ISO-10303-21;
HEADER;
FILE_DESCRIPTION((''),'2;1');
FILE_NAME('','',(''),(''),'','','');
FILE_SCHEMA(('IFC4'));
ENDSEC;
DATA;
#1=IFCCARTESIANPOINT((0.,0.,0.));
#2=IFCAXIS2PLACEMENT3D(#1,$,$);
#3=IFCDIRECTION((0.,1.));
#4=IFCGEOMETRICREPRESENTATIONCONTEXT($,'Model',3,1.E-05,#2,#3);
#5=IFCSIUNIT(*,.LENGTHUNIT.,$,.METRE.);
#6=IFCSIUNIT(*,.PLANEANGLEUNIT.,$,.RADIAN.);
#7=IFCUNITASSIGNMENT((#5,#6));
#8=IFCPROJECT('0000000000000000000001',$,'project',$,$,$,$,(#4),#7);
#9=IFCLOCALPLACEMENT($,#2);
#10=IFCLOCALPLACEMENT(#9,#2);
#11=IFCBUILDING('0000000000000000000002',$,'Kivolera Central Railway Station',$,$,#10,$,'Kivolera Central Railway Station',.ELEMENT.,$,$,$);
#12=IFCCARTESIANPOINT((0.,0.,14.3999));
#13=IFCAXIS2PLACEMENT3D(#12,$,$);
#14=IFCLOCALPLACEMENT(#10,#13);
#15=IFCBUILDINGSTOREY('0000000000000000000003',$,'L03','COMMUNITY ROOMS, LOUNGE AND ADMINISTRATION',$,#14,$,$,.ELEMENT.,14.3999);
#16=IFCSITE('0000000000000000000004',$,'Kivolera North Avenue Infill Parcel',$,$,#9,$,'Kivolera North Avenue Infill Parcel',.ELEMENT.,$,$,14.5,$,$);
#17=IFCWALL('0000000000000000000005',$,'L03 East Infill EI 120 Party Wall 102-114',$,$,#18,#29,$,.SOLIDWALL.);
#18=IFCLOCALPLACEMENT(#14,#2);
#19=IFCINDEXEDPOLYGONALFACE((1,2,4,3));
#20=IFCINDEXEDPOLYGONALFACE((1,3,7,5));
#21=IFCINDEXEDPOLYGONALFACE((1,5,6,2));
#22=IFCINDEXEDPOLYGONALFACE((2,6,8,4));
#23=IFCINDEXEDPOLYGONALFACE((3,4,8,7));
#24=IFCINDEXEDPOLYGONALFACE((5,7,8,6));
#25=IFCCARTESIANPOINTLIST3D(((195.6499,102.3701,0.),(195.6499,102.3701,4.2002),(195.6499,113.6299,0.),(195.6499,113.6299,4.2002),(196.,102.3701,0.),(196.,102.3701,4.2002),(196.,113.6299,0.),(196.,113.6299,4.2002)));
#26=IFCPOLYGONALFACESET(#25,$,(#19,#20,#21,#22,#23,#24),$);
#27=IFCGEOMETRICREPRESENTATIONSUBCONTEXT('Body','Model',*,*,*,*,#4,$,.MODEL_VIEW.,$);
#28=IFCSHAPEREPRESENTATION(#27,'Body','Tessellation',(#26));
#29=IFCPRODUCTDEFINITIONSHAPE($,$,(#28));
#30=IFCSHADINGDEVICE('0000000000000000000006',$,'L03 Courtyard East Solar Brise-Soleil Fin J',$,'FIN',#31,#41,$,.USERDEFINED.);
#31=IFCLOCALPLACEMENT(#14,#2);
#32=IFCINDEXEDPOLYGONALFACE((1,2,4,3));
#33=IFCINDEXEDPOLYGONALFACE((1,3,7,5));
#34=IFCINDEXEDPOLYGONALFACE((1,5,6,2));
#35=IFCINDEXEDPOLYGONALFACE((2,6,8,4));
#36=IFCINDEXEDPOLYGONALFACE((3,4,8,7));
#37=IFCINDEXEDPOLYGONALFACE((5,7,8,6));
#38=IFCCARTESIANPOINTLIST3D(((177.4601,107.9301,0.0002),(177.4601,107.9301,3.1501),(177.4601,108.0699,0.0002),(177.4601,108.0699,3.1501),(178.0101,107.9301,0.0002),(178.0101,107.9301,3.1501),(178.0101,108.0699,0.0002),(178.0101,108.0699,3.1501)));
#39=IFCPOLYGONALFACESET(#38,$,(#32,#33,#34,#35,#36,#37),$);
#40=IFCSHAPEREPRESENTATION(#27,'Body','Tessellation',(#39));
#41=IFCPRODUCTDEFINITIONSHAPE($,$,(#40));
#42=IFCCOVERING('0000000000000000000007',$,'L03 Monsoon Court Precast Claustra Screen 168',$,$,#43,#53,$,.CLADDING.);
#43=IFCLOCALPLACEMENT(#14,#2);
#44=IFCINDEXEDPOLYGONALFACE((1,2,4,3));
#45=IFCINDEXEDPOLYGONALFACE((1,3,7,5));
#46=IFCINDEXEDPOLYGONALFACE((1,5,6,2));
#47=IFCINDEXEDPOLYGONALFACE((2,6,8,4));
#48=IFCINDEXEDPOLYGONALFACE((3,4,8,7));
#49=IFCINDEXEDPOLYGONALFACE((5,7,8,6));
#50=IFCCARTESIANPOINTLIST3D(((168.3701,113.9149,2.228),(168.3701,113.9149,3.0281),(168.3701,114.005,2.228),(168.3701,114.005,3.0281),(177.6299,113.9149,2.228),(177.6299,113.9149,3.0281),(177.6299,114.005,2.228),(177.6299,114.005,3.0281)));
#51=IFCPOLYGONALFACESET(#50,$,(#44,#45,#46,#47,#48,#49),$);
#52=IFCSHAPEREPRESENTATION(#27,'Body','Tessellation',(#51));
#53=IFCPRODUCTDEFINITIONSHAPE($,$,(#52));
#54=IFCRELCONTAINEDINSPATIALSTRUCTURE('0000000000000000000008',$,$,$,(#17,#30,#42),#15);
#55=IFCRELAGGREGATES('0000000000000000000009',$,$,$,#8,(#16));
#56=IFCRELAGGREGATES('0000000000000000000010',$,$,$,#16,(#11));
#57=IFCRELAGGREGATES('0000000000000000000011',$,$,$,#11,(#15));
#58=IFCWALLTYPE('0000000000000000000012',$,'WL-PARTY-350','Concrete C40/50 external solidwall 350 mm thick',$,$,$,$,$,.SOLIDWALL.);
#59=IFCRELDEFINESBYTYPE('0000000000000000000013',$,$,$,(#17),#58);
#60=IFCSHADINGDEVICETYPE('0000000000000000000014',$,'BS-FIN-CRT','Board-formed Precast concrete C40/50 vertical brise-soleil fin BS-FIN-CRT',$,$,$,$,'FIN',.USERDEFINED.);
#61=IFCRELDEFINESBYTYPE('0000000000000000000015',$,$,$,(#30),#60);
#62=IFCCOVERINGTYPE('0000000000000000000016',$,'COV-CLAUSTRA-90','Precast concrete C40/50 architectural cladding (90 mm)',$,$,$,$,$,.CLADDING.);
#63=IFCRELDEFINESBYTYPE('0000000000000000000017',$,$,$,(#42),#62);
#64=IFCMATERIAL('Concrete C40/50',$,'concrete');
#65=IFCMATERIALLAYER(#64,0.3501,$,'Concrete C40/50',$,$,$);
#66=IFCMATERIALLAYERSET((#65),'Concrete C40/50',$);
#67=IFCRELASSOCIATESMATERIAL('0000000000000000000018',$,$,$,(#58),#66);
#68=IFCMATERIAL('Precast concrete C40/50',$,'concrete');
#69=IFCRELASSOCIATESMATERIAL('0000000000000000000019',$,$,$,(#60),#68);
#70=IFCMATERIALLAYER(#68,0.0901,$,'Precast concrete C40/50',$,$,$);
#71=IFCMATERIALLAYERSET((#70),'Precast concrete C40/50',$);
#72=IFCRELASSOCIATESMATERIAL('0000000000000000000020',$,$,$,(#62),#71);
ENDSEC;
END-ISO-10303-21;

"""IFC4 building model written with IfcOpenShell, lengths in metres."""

from ifc_helpers import new_model, si_unit, direction, frame, frame_2d, origin, origin_2d, place, context, subcontext, project, spatial, rectangle, extrude, material, layer, layer_set, type_object, element, save


model = new_model("IFC4")

# Units and contexts
model_context = context("Model", 3, precision=1e-05, world=origin(), true_north=direction((0.0, 1.0)))
body_context = subcontext(model_context, "Body", "Model", "MODEL_VIEW")
ifc_project = project(units=[si_unit("LENGTHUNIT", "METRE"), si_unit("PLANEANGLEUNIT", "RADIAN")], contexts=[model_context])

# Site, building, storey
site_placement = place(None, origin())
site = spatial("IfcSite", under=ifc_project, at=site_placement, Name="Kivolera North Avenue Infill Parcel", LongName="Kivolera North Avenue Infill Parcel", CompositionType="ELEMENT", RefElevation=14.5)
building_placement = place(site_placement, origin())
building = spatial("IfcBuilding", under=site, at=building_placement, Name="Kivolera Central Railway Station", LongName="Kivolera Central Railway Station", CompositionType="ELEMENT")
storey_placement = place(building_placement, frame((0.0, 0.0, 14.3999)))
storey = spatial("IfcBuildingStorey", under=building, at=storey_placement, Name="L03", Description="COMMUNITY ROOMS, LOUNGE AND ADMINISTRATION", CompositionType="ELEMENT", Elevation=14.3999)

# Shared definitions
ifc_material_1 = material(Name="Concrete C40/50", Category="concrete")

# Wall
ifc_layer_1 = layer(ifc_material_1, 0.3501, Name="Concrete C40/50")
ifc_layer_set_1 = layer_set([ifc_layer_1], Name="Concrete C40/50")
wall_type = type_object("IfcWallType", Name="WL-PARTY-350", Description="Concrete C40/50 external solidwall 350 mm thick", PredefinedType="SOLIDWALL", material=ifc_layer_set_1)
wall_placement = place(storey_placement, frame((195.825, 113.6299, 0.0), z_axis=(0.0, 0.0, 1.0), x_axis=(0.0, -1.0, 0.0)))
element("IfcWall", 1, at=wall_placement, inside=storey, type_object=wall_type, Name="L03 East Infill EI 120 Party Wall 102-114", PredefinedType="SOLIDWALL", context=body_context, shape_type="SweptSolid", body=[
    extrude(rectangle(XDim=11.2598, YDim=0.3501, at=frame_2d((5.6299, 0.0))), origin(), (0.0, 0.0, 1.0), 4.2002),
])

# Shading device
ifc_material_2 = material(Name="Precast concrete C40/50", Category="concrete")
shading_device_type = type_object("IfcShadingDeviceType", Name="BS-FIN-CRT", Description="Board-formed Precast concrete C40/50 vertical brise-soleil fin BS-FIN-CRT", ElementType="FIN", PredefinedType="USERDEFINED", material=ifc_material_2)
shading_device_placement = place(storey_placement, frame((177.7351, 108.0, 0.0002), z_axis=(0.0, 0.0, 1.0), x_axis=(1.0, 0.0, 0.0)))
element("IfcShadingDevice", 2, at=shading_device_placement, inside=storey, type_object=shading_device_type, Name="L03 Courtyard East Solar Brise-Soleil Fin J", ObjectType="FIN", PredefinedType="USERDEFINED", context=body_context, shape_type="SweptSolid", body=[
    extrude(rectangle(XDim=0.55, YDim=0.1399, at=origin_2d()), origin(), (0.0, 0.0, 1.0), 3.1499),
])

# Covering
ifc_layer_2 = layer(ifc_material_2, 0.0901, Name="Precast concrete C40/50")
ifc_layer_set_2 = layer_set([ifc_layer_2], Name="Precast concrete C40/50")
covering_type = type_object("IfcCoveringType", Name="COV-CLAUSTRA-90", Description="Precast concrete C40/50 architectural cladding (90 mm)", PredefinedType="CLADDING", material=ifc_layer_set_2)
covering_placement = place(storey_placement, frame((177.6299, 113.96, 2.228), z_axis=(0.0, 0.0, 1.0), x_axis=(-1.0, 0.0, 0.0)))
element("IfcCovering", 3, at=covering_placement, inside=storey, type_object=covering_type, Name="L03 Monsoon Court Precast Claustra Screen 168", PredefinedType="CLADDING", context=body_context, shape_type="SweptSolid", body=[
    extrude(rectangle(XDim=9.2598, YDim=0.0901, at=frame_2d((4.6299, 0.0))), origin(), (0.0, 0.0, 1.0), 0.8),
])

save(model, "model.ifc")
